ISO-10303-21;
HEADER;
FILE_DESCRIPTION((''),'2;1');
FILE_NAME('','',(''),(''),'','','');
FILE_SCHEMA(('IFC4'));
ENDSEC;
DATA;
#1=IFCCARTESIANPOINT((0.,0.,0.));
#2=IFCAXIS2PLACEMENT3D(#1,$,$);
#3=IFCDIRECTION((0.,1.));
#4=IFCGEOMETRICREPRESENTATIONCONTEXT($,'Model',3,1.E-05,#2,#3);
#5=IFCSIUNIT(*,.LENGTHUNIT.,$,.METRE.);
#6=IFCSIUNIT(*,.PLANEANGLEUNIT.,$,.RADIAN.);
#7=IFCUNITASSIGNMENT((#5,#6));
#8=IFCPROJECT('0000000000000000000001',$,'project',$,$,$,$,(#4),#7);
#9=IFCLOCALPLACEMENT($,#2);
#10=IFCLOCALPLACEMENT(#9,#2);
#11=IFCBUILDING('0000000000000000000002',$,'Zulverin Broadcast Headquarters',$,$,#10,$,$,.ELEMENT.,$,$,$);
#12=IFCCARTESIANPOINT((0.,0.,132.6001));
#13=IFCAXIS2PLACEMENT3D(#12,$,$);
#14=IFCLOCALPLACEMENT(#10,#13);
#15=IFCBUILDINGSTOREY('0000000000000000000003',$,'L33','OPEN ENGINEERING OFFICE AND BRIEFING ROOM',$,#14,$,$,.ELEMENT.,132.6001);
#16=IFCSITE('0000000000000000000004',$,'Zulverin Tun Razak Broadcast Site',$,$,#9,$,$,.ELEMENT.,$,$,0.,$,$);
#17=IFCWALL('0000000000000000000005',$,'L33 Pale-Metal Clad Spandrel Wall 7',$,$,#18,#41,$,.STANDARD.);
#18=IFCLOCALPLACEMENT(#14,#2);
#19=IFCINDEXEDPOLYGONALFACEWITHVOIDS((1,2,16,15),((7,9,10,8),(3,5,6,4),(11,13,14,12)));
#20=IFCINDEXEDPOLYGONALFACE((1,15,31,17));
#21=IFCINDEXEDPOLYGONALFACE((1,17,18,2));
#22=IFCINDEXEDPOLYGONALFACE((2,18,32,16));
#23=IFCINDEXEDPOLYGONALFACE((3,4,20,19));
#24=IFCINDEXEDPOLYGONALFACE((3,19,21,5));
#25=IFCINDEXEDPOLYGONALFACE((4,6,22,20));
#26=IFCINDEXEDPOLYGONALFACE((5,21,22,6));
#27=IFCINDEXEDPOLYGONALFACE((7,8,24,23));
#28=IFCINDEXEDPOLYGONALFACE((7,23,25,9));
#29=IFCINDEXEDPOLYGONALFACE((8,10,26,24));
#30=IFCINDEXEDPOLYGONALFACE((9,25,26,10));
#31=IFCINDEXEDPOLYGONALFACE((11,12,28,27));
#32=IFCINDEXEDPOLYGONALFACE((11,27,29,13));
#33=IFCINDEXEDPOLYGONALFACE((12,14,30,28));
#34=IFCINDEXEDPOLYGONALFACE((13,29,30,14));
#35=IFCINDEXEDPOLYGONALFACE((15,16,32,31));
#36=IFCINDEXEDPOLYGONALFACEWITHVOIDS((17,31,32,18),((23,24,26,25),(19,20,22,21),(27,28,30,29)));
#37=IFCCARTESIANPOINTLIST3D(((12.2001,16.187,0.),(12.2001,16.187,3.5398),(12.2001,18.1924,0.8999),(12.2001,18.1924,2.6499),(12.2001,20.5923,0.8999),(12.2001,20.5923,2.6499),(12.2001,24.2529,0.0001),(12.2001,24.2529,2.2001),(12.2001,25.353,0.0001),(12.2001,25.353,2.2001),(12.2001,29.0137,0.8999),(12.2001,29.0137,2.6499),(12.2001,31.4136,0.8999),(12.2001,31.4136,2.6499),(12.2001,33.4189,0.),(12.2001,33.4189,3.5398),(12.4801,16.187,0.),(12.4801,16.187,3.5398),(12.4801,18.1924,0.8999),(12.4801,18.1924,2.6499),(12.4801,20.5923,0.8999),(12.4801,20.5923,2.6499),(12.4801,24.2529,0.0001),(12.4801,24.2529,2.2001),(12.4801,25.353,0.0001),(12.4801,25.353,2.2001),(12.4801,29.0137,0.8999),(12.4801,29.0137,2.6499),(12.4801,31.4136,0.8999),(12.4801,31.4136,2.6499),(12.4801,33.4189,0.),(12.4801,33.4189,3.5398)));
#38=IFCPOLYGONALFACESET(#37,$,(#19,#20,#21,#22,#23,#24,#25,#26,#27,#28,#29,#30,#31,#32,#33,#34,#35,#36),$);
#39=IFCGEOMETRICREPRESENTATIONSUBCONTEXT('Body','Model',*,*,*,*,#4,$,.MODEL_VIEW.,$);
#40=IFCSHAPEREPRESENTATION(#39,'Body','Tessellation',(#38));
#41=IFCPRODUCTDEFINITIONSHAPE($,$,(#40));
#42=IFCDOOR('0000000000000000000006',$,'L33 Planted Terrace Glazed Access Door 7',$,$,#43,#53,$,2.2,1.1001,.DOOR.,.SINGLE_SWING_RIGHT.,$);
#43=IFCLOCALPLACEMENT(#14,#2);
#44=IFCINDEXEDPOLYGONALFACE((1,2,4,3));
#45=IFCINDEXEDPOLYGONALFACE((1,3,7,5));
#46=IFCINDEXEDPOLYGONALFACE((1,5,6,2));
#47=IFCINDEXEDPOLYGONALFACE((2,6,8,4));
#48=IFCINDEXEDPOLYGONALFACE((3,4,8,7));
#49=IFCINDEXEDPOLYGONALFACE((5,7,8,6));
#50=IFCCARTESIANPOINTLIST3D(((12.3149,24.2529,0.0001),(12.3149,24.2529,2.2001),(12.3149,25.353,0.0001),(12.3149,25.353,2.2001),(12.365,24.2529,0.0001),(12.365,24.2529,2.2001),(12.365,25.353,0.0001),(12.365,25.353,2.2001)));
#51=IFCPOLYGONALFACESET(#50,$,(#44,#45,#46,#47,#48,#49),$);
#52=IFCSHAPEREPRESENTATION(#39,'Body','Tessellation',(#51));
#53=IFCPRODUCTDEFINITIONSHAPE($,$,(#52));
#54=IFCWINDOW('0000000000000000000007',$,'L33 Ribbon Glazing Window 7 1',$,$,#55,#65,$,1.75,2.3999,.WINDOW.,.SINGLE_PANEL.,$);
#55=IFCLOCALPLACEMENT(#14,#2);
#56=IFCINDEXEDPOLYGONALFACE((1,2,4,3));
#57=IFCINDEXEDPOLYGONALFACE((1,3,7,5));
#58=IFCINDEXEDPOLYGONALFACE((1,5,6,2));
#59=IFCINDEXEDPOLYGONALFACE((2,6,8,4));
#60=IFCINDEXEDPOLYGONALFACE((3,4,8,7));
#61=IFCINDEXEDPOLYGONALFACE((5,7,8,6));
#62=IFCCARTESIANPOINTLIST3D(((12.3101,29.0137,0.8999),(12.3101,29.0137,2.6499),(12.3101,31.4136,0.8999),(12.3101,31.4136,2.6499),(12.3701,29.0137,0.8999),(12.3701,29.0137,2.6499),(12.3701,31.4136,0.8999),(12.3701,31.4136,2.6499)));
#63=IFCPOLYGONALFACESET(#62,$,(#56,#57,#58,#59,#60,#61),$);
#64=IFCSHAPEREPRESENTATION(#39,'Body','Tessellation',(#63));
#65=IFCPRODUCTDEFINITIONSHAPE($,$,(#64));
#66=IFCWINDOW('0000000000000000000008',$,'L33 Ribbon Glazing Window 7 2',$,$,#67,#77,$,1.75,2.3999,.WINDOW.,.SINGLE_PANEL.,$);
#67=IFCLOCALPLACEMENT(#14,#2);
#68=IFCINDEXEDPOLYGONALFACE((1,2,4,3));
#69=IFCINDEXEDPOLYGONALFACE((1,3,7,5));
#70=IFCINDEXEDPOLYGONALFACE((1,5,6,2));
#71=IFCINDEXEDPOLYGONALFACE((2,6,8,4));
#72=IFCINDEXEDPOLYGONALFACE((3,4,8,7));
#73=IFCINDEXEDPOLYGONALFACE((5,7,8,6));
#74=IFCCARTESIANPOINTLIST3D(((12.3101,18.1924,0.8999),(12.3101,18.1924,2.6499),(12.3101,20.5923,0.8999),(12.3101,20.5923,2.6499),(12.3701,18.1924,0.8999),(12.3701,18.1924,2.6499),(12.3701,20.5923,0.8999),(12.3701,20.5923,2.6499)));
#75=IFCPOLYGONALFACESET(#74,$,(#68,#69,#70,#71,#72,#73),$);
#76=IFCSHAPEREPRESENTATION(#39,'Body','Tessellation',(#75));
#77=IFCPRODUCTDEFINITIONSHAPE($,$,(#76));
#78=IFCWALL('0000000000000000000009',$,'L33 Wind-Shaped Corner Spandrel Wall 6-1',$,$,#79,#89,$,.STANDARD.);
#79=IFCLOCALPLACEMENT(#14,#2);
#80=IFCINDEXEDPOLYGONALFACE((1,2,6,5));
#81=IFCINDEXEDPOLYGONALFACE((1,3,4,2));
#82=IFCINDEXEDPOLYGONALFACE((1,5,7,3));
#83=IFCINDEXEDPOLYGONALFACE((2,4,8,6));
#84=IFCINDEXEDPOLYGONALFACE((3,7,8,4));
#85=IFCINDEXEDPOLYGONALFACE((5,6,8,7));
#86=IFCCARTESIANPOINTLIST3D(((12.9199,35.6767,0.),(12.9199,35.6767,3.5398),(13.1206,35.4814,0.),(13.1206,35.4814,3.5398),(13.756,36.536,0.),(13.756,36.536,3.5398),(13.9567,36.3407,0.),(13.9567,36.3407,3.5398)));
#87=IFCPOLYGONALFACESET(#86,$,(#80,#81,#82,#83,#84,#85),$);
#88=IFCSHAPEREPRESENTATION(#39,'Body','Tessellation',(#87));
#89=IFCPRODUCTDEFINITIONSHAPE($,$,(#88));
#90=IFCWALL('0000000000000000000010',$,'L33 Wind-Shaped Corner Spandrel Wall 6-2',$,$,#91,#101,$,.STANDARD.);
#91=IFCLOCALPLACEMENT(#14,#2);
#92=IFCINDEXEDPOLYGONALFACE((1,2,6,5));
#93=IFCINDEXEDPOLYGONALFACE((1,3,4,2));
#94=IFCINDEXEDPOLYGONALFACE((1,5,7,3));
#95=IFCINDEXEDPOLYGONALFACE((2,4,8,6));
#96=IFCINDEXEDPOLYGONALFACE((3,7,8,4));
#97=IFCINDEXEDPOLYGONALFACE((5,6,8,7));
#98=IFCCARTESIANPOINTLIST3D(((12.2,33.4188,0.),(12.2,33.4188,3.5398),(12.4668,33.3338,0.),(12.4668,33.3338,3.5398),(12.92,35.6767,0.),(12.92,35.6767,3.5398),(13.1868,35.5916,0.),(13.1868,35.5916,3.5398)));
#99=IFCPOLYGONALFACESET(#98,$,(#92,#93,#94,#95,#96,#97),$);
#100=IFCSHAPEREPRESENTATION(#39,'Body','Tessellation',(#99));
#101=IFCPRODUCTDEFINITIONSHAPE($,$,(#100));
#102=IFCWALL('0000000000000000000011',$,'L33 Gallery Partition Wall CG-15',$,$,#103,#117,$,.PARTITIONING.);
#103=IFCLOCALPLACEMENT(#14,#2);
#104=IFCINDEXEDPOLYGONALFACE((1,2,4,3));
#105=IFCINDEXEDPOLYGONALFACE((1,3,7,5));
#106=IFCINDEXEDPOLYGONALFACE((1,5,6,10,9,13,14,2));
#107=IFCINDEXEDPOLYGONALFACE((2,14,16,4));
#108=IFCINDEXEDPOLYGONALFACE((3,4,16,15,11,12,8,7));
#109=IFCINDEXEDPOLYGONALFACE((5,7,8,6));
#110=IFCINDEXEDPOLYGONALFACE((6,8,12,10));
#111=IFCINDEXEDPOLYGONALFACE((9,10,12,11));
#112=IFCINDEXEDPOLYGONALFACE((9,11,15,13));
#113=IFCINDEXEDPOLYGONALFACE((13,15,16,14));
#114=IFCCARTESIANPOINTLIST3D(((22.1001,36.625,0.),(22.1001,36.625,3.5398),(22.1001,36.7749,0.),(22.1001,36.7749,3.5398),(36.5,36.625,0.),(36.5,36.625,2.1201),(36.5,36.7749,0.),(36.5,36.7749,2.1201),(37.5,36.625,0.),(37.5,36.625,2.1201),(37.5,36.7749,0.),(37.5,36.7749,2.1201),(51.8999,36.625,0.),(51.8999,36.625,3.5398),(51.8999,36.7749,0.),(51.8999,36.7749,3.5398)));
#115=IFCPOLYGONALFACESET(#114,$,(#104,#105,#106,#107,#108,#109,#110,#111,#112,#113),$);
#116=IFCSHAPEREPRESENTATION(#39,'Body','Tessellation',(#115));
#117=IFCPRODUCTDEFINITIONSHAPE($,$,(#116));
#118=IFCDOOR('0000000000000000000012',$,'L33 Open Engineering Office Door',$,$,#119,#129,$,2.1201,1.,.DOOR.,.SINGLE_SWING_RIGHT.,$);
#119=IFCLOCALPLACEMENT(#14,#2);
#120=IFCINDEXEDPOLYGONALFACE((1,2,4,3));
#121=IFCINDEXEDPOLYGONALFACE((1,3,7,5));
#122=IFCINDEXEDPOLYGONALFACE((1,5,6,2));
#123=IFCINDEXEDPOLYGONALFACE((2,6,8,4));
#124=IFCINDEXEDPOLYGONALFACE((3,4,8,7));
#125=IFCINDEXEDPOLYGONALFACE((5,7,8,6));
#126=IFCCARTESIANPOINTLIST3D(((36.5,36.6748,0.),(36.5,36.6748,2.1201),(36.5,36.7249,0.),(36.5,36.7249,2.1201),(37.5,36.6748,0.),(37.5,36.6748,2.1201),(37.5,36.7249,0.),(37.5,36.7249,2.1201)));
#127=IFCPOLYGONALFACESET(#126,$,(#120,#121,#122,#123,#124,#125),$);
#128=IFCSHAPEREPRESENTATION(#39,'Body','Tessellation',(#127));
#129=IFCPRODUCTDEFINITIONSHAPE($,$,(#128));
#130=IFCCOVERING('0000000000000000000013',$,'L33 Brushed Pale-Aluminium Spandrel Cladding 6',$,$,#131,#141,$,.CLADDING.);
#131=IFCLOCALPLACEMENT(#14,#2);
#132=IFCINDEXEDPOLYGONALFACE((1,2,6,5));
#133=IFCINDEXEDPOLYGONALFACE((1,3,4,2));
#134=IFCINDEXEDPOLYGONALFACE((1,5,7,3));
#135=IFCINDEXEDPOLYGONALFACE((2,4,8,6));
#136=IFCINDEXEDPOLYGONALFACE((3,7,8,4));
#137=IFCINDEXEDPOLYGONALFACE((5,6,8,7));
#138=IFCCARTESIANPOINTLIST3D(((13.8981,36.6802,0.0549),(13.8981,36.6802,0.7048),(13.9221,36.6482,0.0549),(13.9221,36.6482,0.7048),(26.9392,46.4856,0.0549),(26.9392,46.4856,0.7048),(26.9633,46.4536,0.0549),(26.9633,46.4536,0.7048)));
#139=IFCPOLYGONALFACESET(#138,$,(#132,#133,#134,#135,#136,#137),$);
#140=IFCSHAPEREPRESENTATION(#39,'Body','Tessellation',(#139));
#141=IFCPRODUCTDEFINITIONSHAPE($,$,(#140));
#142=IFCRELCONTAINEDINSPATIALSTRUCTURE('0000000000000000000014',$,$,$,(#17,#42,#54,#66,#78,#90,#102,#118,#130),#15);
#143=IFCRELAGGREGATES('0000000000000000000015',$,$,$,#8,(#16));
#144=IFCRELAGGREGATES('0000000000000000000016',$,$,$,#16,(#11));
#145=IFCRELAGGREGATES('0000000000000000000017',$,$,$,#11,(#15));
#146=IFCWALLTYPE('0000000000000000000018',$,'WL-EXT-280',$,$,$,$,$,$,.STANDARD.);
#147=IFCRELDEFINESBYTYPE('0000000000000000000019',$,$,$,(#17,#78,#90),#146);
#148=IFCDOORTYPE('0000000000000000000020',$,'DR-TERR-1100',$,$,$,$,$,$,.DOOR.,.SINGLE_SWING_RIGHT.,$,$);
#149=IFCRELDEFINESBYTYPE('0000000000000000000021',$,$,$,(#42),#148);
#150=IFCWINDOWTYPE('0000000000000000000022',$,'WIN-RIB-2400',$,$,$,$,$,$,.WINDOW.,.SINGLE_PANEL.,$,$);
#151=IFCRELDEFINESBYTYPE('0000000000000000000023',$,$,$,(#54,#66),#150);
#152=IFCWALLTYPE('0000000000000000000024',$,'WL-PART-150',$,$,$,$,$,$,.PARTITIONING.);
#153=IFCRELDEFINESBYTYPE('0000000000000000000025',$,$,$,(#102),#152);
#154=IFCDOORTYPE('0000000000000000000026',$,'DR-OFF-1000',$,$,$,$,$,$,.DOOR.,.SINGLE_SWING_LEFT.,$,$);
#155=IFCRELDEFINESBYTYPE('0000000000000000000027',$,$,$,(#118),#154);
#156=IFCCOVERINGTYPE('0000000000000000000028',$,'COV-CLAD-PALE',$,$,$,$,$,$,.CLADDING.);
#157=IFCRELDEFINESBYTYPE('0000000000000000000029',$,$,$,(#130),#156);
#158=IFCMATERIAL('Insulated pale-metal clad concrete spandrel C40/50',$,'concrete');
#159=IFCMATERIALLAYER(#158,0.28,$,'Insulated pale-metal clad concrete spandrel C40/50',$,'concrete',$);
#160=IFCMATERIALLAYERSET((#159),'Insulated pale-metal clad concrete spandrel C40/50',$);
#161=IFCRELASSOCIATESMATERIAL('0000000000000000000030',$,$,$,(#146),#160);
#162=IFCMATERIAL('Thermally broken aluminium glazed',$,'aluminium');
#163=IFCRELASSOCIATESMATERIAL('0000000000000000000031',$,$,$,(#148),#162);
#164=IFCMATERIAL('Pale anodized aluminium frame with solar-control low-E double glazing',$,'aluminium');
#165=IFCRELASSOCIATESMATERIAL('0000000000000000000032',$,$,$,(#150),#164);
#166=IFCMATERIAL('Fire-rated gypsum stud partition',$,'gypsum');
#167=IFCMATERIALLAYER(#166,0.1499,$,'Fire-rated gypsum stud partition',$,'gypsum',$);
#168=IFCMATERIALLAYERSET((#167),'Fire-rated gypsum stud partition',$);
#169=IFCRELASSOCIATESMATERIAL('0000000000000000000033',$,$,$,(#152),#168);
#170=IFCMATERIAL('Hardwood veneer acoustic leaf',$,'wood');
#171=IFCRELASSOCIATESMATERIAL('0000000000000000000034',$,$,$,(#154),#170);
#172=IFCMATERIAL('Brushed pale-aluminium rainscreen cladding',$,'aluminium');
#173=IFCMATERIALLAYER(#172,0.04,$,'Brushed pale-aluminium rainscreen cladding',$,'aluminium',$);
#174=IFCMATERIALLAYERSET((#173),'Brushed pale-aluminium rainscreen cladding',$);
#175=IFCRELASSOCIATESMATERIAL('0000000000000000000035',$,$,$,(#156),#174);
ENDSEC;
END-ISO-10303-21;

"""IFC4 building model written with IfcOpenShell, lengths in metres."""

from ifc_helpers import new_model, si_unit, direction, frame, frame_2d, origin, origin_2d, place, context, subcontext, project, spatial, rectangle, extrude, material, layer, layer_set, type_object, element, fill, save


model = new_model("IFC4")

# Units and contexts
model_context = context("Model", 3, precision=1e-05, world=origin(), true_north=direction((0.0, 1.0)))
body_context = subcontext(model_context, "Body", "Model", "MODEL_VIEW")
ifc_project = project(units=[si_unit("LENGTHUNIT", "METRE"), si_unit("PLANEANGLEUNIT", "RADIAN")], contexts=[model_context])

# Site, building, storey
site_placement = place(None, origin())
site = spatial("IfcSite", under=ifc_project, at=site_placement, Name="Zulverin Tun Razak Broadcast Site", CompositionType="ELEMENT", RefElevation=0.0)
building_placement = place(site_placement, origin())
building = spatial("IfcBuilding", under=site, at=building_placement, Name="Zulverin Broadcast Headquarters", CompositionType="ELEMENT")
storey_placement = place(building_placement, frame((0.0, 0.0, 132.6001)))
storey = spatial("IfcBuildingStorey", under=building, at=storey_placement, Name="L33", Description="OPEN ENGINEERING OFFICE AND BRIEFING ROOM", CompositionType="ELEMENT", Elevation=132.6001)

# Wall, openings, door, windows
ifc_material_1 = material(Name="Insulated pale-metal clad concrete spandrel C40/50", Category="concrete")
ifc_layer_1 = layer(ifc_material_1, 0.28, Name="Insulated pale-metal clad concrete spandrel C40/50", Category="concrete")
ifc_layer_set_1 = layer_set([ifc_layer_1], Name="Insulated pale-metal clad concrete spandrel C40/50")
wall_type_1 = type_object("IfcWallType", Name="WL-EXT-280", PredefinedType="STANDARD", material=ifc_layer_set_1)
wall_1_placement = place(storey_placement, frame((12.3401, 33.4189, 0.0), z_axis=(0.0, 0.0, 1.0), x_axis=(0.0, -1.0, 0.0)))
wall_1 = element("IfcWall", 1, at=wall_1_placement, inside=storey, type_object=wall_type_1, Name="L33 Pale-Metal Clad Spandrel Wall 7", PredefinedType="STANDARD", context=body_context, shape_type="SweptSolid", body=[
    extrude(rectangle(XDim=17.2319, YDim=0.28, at=frame_2d((8.616, 0.0))), origin(), (0.0, 0.0, 1.0), 3.5398),
])
opening_1_placement = place(wall_1_placement, frame((8.0659, 0.0, 0.0)))
opening_1 = element("IfcOpeningElement", 2, at=opening_1_placement, cuts=wall_1, PredefinedType="OPENING", context=body_context, shape_type="SweptSolid", body=[
    extrude(rectangle(XDim=1.1001, YDim=2.2, at=frame_2d((0.55, 1.1001))), frame((0.0, 0.1499, 0.0), z_axis=(0.0, -1.0, 0.0), x_axis=(1.0, 0.0, 0.0)), (0.0, 0.0, 1.0), 0.3),
])
opening_2_placement = place(wall_1_placement, frame((2.0054, 0.0, 0.8999)))
opening_2 = element("IfcOpeningElement", 3, at=opening_2_placement, cuts=wall_1, PredefinedType="OPENING", context=body_context, shape_type="SweptSolid", body=[
    extrude(rectangle(XDim=2.3999, YDim=1.75, at=frame_2d((1.2, 0.875))), frame((0.0, 0.1499, 0.0), z_axis=(0.0, -1.0, 0.0), x_axis=(1.0, 0.0, 0.0)), (0.0, 0.0, 1.0), 0.3),
])
opening_3_placement = place(wall_1_placement, frame((12.8267, 0.0, 0.8999)))
opening_3 = element("IfcOpeningElement", 4, at=opening_3_placement, cuts=wall_1, PredefinedType="OPENING", context=body_context, shape_type="SweptSolid", body=[
    extrude(rectangle(XDim=2.3999, YDim=1.75, at=frame_2d((1.2, 0.875))), frame((0.0, 0.1499, 0.0), z_axis=(0.0, -1.0, 0.0), x_axis=(1.0, 0.0, 0.0)), (0.0, 0.0, 1.0), 0.3),
])
ifc_material_2 = material(Name="Thermally broken aluminium glazed", Category="aluminium")
door_type_1 = type_object("IfcDoorType", Name="DR-TERR-1100", OperationType="SINGLE_SWING_RIGHT", PredefinedType="DOOR", material=ifc_material_2)
door_1_placement = place(opening_1_placement, origin())
door_1 = element("IfcDoor", 5, at=door_1_placement, inside=storey, type_object=door_type_1, Name="L33 Planted Terrace Glazed Access Door 7", OperationType="SINGLE_SWING_RIGHT", OverallHeight=2.2, OverallWidth=1.1001, PredefinedType="DOOR", context=body_context, shape_type="SweptSolid", body=[
    extrude(rectangle(XDim=1.1001, YDim=2.2, at=frame_2d((0.55, 1.1001))), frame((0.0, 0.0249, 0.0), z_axis=(0.0, -1.0, 0.0), x_axis=(1.0, 0.0, 0.0)), (0.0, 0.0, 1.0), 0.05),
])
fill(opening_1, door_1)
ifc_material_3 = material(Name="Pale anodized aluminium frame with solar-control low-E double glazing", Category="aluminium")
window_type = type_object("IfcWindowType", Name="WIN-RIB-2400", PartitioningType="SINGLE_PANEL", PredefinedType="WINDOW", material=ifc_material_3)
window_1_placement = place(opening_2_placement, origin())
window_1 = element("IfcWindow", 6, at=window_1_placement, inside=storey, type_object=window_type, Name="L33 Ribbon Glazing Window 7 1", OverallHeight=1.75, OverallWidth=2.3999, PartitioningType="SINGLE_PANEL", PredefinedType="WINDOW", context=body_context, shape_type="SweptSolid", body=[
    extrude(rectangle(XDim=2.3999, YDim=1.75, at=frame_2d((1.2, 0.875))), frame((0.0, 0.03, 0.0), z_axis=(0.0, -1.0, 0.0), x_axis=(1.0, 0.0, 0.0)), (0.0, 0.0, 1.0), 0.0601),
])
fill(opening_2, window_1)
window_2_placement = place(opening_3_placement, origin())
window_2 = element("IfcWindow", 7, at=window_2_placement, inside=storey, type_object=window_type, Name="L33 Ribbon Glazing Window 7 2", OverallHeight=1.75, OverallWidth=2.3999, PartitioningType="SINGLE_PANEL", PredefinedType="WINDOW", context=body_context, shape_type="SweptSolid", body=[
    extrude(rectangle(XDim=2.3999, YDim=1.75, at=frame_2d((1.2, 0.875))), frame((0.0, 0.03, 0.0), z_axis=(0.0, -1.0, 0.0), x_axis=(1.0, 0.0, 0.0)), (0.0, 0.0, 1.0), 0.0601),
])
fill(opening_3, window_2)

# Walls
wall_2_placement = place(storey_placement, frame((13.8564, 36.4385, 0.0), z_axis=(0.0, 0.0, 1.0), x_axis=(-0.697369, -0.716712, 0.0)))
element("IfcWall", 8, at=wall_2_placement, inside=storey, type_object=wall_type_1, Name="L33 Wind-Shaped Corner Spandrel Wall 6-1", PredefinedType="STANDARD", context=body_context, shape_type="SweptSolid", body=[
    extrude(rectangle(XDim=1.199, YDim=0.28, at=frame_2d((0.5996, 0.0))), origin(), (0.0, 0.0, 1.0), 3.5398),
])
wall_3_placement = place(storey_placement, frame((13.0535, 35.6343, 0.0), z_axis=(0.0, 0.0, 1.0), x_axis=(-0.303807, -0.952733, 0.0)))
element("IfcWall", 9, at=wall_3_placement, inside=storey, type_object=wall_type_1, Name="L33 Wind-Shaped Corner Spandrel Wall 6-2", PredefinedType="STANDARD", context=body_context, shape_type="SweptSolid", body=[
    extrude(rectangle(XDim=2.3699, YDim=0.28, at=frame_2d((1.1851, 0.0))), origin(), (0.0, 0.0, 1.0), 3.5398),
])

# Wall, opening, door
ifc_material_4 = material(Name="Fire-rated gypsum stud partition", Category="gypsum")
ifc_layer_2 = layer(ifc_material_4, 0.1499, Name="Fire-rated gypsum stud partition", Category="gypsum")
ifc_layer_set_2 = layer_set([ifc_layer_2], Name="Fire-rated gypsum stud partition")
wall_type_2 = type_object("IfcWallType", Name="WL-PART-150", PredefinedType="PARTITIONING", material=ifc_layer_set_2)
wall_4_placement = place(storey_placement, frame((22.1001, 36.7, 0.0), z_axis=(0.0, 0.0, 1.0), x_axis=(1.0, 0.0, 0.0)))
wall_4 = element("IfcWall", 10, at=wall_4_placement, inside=storey, type_object=wall_type_2, Name="L33 Gallery Partition Wall CG-15", PredefinedType="PARTITIONING", context=body_context, shape_type="SweptSolid", body=[
    extrude(rectangle(XDim=29.7998, YDim=0.1499, at=frame_2d((14.8999, 0.0))), origin(), (0.0, 0.0, 1.0), 3.5398),
])
opening_4_placement = place(wall_4_placement, frame((14.3999, 0.0, 0.0)))
opening_4 = element("IfcOpeningElement", 11, at=opening_4_placement, cuts=wall_4, PredefinedType="OPENING", context=body_context, shape_type="SweptSolid", body=[
    extrude(rectangle(XDim=1.0, YDim=2.1201, at=frame_2d((0.5, 1.0601))), frame((0.0, 0.085, 0.0), z_axis=(0.0, -1.0, 0.0), x_axis=(1.0, 0.0, 0.0)), (0.0, 0.0, 1.0), 0.1699),
])
ifc_material_5 = material(Name="Hardwood veneer acoustic leaf", Category="wood")
door_type_2 = type_object("IfcDoorType", Name="DR-OFF-1000", OperationType="SINGLE_SWING_LEFT", PredefinedType="DOOR", material=ifc_material_5)
door_2_placement = place(opening_4_placement, origin())
door_2 = element("IfcDoor", 12, at=door_2_placement, inside=storey, type_object=door_type_2, Name="L33 Open Engineering Office Door", OperationType="SINGLE_SWING_RIGHT", OverallHeight=2.1201, OverallWidth=1.0, PredefinedType="DOOR", context=body_context, shape_type="SweptSolid", body=[
    extrude(rectangle(XDim=1.0, YDim=2.1201, at=frame_2d((0.5, 1.0601))), frame((0.0, 0.0249, 0.0), z_axis=(0.0, -1.0, 0.0), x_axis=(1.0, 0.0, 0.0)), (0.0, 0.0, 1.0), 0.05),
])
fill(opening_4, door_2)

# Covering
ifc_material_6 = material(Name="Brushed pale-aluminium rainscreen cladding", Category="aluminium")
ifc_layer_3 = layer(ifc_material_6, 0.04, Name="Brushed pale-aluminium rainscreen cladding", Category="aluminium")
ifc_layer_set_3 = layer_set([ifc_layer_3], Name="Brushed pale-aluminium rainscreen cladding")
covering_type = type_object("IfcCoveringType", Name="COV-CLAD-PALE", PredefinedType="CLADDING", material=ifc_layer_set_3)
covering_placement = place(storey_placement, frame((20.4307, 41.5669, 0.0549), z_axis=(0.0, 0.0, 1.0), x_axis=(-0.799276, -0.600964, 0.0)))
element("IfcCovering", 13, at=covering_placement, inside=storey, type_object=covering_type, Name="L33 Brushed Pale-Aluminium Spandrel Cladding 6", PredefinedType="CLADDING", context=body_context, shape_type="SweptSolid", body=[
    extrude(rectangle(XDim=16.3162, YDim=0.04, at=origin_2d()), origin(), (0.0, 0.0, 1.0), 0.6499),
])

save(model, "model.ifc")
